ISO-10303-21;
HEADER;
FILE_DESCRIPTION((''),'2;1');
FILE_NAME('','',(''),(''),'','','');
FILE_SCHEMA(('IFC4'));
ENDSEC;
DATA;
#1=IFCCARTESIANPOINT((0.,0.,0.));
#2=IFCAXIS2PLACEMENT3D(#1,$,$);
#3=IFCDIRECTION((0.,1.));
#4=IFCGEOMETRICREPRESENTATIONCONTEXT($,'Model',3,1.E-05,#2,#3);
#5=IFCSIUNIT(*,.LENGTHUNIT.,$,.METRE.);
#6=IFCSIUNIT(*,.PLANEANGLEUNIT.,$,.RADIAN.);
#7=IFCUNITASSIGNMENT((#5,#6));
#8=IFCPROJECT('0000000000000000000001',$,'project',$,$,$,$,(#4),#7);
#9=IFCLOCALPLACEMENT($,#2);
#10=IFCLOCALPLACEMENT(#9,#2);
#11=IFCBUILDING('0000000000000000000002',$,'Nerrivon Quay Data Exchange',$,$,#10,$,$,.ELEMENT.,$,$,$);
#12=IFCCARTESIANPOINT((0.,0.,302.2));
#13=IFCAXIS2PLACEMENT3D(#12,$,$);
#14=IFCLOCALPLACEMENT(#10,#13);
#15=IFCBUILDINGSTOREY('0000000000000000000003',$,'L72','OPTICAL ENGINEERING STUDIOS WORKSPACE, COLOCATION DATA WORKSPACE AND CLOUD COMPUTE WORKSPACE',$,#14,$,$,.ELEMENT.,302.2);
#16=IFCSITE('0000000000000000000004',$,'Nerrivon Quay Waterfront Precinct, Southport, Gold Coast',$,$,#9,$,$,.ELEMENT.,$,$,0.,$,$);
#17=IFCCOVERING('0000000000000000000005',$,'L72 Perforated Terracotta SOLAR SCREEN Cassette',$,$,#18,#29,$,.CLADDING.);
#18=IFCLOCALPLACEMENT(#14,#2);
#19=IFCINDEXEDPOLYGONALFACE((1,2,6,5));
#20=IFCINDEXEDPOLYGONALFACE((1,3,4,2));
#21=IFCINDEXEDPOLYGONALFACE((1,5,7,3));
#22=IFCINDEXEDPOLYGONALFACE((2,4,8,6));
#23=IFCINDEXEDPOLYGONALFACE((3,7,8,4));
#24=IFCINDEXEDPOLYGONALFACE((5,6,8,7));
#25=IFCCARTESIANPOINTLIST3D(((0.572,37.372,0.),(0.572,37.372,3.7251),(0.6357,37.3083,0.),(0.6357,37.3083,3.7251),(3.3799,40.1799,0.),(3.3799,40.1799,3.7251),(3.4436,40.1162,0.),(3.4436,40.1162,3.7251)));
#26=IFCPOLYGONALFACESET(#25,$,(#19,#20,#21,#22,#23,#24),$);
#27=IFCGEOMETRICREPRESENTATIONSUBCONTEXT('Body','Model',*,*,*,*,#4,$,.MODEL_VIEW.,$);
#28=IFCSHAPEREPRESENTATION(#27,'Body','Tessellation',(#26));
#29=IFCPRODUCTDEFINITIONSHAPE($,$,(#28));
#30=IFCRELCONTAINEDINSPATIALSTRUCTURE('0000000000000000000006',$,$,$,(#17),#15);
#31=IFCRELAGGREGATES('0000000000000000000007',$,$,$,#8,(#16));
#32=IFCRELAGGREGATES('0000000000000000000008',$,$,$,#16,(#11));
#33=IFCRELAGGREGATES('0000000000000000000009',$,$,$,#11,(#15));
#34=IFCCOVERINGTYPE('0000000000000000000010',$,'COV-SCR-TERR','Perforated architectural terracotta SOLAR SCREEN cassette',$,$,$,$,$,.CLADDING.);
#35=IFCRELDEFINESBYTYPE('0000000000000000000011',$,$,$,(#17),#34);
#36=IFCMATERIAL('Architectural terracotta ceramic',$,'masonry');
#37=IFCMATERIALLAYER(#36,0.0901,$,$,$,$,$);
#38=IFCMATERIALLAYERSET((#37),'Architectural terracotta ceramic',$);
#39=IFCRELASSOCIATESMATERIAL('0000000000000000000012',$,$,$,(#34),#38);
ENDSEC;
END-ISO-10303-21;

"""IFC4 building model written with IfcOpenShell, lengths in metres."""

from ifc_helpers import new_model, si_unit, direction, frame, origin, origin_2d, place, context, subcontext, project, spatial, rectangle, extrude, material, layer, layer_set, type_object, element, save


model = new_model("IFC4")

# Units and contexts
model_context = context("Model", 3, precision=1e-05, world=origin(), true_north=direction((0.0, 1.0)))
body_context = subcontext(model_context, "Body", "Model", "MODEL_VIEW")
ifc_project = project(units=[si_unit("LENGTHUNIT", "METRE"), si_unit("PLANEANGLEUNIT", "RADIAN")], contexts=[model_context])

# Site, building, storey
site_placement = place(None, origin())
site = spatial("IfcSite", under=ifc_project, at=site_placement, Name="Nerrivon Quay Waterfront Precinct, Southport, Gold Coast", CompositionType="ELEMENT", RefElevation=0.0)
building_placement = place(site_placement, origin())
building = spatial("IfcBuilding", under=site, at=building_placement, Name="Nerrivon Quay Data Exchange", CompositionType="ELEMENT")
storey_placement = place(building_placement, frame((0.0, 0.0, 302.2)))
storey = spatial("IfcBuildingStorey", under=building, at=storey_placement, Name="L72", Description="OPTICAL ENGINEERING STUDIOS WORKSPACE, COLOCATION DATA WORKSPACE AND CLOUD COMPUTE WORKSPACE", CompositionType="ELEMENT", Elevation=302.2)

# Covering
ifc_material_1 = material(Name="Architectural terracotta ceramic", Category="masonry")
ifc_layer_1 = layer(ifc_material_1, 0.0901)
ifc_layer_set_1 = layer_set([ifc_layer_1], Name="Architectural terracotta ceramic")
covering_type = type_object("IfcCoveringType", Name="COV-SCR-TERR", Description="Perforated architectural terracotta SOLAR SCREEN cassette", PredefinedType="CLADDING", material=ifc_layer_set_1)
covering_placement = place(storey_placement, frame((2.0078, 38.7441, 0.0), z_axis=(0.0, 0.0, 1.0), x_axis=(0.707107, 0.707107, 0.0)))
element("IfcCovering", 1, at=covering_placement, inside=storey, type_object=covering_type, Name="L72 Perforated Terracotta SOLAR SCREEN Cassette", PredefinedType="CLADDING", context=body_context, shape_type="SweptSolid", body=[
    extrude(rectangle(XDim=3.9709, YDim=0.0901, at=origin_2d()), origin(), (0.0, 0.0, 1.0), 3.7251),
])

save(model, "model.ifc")
